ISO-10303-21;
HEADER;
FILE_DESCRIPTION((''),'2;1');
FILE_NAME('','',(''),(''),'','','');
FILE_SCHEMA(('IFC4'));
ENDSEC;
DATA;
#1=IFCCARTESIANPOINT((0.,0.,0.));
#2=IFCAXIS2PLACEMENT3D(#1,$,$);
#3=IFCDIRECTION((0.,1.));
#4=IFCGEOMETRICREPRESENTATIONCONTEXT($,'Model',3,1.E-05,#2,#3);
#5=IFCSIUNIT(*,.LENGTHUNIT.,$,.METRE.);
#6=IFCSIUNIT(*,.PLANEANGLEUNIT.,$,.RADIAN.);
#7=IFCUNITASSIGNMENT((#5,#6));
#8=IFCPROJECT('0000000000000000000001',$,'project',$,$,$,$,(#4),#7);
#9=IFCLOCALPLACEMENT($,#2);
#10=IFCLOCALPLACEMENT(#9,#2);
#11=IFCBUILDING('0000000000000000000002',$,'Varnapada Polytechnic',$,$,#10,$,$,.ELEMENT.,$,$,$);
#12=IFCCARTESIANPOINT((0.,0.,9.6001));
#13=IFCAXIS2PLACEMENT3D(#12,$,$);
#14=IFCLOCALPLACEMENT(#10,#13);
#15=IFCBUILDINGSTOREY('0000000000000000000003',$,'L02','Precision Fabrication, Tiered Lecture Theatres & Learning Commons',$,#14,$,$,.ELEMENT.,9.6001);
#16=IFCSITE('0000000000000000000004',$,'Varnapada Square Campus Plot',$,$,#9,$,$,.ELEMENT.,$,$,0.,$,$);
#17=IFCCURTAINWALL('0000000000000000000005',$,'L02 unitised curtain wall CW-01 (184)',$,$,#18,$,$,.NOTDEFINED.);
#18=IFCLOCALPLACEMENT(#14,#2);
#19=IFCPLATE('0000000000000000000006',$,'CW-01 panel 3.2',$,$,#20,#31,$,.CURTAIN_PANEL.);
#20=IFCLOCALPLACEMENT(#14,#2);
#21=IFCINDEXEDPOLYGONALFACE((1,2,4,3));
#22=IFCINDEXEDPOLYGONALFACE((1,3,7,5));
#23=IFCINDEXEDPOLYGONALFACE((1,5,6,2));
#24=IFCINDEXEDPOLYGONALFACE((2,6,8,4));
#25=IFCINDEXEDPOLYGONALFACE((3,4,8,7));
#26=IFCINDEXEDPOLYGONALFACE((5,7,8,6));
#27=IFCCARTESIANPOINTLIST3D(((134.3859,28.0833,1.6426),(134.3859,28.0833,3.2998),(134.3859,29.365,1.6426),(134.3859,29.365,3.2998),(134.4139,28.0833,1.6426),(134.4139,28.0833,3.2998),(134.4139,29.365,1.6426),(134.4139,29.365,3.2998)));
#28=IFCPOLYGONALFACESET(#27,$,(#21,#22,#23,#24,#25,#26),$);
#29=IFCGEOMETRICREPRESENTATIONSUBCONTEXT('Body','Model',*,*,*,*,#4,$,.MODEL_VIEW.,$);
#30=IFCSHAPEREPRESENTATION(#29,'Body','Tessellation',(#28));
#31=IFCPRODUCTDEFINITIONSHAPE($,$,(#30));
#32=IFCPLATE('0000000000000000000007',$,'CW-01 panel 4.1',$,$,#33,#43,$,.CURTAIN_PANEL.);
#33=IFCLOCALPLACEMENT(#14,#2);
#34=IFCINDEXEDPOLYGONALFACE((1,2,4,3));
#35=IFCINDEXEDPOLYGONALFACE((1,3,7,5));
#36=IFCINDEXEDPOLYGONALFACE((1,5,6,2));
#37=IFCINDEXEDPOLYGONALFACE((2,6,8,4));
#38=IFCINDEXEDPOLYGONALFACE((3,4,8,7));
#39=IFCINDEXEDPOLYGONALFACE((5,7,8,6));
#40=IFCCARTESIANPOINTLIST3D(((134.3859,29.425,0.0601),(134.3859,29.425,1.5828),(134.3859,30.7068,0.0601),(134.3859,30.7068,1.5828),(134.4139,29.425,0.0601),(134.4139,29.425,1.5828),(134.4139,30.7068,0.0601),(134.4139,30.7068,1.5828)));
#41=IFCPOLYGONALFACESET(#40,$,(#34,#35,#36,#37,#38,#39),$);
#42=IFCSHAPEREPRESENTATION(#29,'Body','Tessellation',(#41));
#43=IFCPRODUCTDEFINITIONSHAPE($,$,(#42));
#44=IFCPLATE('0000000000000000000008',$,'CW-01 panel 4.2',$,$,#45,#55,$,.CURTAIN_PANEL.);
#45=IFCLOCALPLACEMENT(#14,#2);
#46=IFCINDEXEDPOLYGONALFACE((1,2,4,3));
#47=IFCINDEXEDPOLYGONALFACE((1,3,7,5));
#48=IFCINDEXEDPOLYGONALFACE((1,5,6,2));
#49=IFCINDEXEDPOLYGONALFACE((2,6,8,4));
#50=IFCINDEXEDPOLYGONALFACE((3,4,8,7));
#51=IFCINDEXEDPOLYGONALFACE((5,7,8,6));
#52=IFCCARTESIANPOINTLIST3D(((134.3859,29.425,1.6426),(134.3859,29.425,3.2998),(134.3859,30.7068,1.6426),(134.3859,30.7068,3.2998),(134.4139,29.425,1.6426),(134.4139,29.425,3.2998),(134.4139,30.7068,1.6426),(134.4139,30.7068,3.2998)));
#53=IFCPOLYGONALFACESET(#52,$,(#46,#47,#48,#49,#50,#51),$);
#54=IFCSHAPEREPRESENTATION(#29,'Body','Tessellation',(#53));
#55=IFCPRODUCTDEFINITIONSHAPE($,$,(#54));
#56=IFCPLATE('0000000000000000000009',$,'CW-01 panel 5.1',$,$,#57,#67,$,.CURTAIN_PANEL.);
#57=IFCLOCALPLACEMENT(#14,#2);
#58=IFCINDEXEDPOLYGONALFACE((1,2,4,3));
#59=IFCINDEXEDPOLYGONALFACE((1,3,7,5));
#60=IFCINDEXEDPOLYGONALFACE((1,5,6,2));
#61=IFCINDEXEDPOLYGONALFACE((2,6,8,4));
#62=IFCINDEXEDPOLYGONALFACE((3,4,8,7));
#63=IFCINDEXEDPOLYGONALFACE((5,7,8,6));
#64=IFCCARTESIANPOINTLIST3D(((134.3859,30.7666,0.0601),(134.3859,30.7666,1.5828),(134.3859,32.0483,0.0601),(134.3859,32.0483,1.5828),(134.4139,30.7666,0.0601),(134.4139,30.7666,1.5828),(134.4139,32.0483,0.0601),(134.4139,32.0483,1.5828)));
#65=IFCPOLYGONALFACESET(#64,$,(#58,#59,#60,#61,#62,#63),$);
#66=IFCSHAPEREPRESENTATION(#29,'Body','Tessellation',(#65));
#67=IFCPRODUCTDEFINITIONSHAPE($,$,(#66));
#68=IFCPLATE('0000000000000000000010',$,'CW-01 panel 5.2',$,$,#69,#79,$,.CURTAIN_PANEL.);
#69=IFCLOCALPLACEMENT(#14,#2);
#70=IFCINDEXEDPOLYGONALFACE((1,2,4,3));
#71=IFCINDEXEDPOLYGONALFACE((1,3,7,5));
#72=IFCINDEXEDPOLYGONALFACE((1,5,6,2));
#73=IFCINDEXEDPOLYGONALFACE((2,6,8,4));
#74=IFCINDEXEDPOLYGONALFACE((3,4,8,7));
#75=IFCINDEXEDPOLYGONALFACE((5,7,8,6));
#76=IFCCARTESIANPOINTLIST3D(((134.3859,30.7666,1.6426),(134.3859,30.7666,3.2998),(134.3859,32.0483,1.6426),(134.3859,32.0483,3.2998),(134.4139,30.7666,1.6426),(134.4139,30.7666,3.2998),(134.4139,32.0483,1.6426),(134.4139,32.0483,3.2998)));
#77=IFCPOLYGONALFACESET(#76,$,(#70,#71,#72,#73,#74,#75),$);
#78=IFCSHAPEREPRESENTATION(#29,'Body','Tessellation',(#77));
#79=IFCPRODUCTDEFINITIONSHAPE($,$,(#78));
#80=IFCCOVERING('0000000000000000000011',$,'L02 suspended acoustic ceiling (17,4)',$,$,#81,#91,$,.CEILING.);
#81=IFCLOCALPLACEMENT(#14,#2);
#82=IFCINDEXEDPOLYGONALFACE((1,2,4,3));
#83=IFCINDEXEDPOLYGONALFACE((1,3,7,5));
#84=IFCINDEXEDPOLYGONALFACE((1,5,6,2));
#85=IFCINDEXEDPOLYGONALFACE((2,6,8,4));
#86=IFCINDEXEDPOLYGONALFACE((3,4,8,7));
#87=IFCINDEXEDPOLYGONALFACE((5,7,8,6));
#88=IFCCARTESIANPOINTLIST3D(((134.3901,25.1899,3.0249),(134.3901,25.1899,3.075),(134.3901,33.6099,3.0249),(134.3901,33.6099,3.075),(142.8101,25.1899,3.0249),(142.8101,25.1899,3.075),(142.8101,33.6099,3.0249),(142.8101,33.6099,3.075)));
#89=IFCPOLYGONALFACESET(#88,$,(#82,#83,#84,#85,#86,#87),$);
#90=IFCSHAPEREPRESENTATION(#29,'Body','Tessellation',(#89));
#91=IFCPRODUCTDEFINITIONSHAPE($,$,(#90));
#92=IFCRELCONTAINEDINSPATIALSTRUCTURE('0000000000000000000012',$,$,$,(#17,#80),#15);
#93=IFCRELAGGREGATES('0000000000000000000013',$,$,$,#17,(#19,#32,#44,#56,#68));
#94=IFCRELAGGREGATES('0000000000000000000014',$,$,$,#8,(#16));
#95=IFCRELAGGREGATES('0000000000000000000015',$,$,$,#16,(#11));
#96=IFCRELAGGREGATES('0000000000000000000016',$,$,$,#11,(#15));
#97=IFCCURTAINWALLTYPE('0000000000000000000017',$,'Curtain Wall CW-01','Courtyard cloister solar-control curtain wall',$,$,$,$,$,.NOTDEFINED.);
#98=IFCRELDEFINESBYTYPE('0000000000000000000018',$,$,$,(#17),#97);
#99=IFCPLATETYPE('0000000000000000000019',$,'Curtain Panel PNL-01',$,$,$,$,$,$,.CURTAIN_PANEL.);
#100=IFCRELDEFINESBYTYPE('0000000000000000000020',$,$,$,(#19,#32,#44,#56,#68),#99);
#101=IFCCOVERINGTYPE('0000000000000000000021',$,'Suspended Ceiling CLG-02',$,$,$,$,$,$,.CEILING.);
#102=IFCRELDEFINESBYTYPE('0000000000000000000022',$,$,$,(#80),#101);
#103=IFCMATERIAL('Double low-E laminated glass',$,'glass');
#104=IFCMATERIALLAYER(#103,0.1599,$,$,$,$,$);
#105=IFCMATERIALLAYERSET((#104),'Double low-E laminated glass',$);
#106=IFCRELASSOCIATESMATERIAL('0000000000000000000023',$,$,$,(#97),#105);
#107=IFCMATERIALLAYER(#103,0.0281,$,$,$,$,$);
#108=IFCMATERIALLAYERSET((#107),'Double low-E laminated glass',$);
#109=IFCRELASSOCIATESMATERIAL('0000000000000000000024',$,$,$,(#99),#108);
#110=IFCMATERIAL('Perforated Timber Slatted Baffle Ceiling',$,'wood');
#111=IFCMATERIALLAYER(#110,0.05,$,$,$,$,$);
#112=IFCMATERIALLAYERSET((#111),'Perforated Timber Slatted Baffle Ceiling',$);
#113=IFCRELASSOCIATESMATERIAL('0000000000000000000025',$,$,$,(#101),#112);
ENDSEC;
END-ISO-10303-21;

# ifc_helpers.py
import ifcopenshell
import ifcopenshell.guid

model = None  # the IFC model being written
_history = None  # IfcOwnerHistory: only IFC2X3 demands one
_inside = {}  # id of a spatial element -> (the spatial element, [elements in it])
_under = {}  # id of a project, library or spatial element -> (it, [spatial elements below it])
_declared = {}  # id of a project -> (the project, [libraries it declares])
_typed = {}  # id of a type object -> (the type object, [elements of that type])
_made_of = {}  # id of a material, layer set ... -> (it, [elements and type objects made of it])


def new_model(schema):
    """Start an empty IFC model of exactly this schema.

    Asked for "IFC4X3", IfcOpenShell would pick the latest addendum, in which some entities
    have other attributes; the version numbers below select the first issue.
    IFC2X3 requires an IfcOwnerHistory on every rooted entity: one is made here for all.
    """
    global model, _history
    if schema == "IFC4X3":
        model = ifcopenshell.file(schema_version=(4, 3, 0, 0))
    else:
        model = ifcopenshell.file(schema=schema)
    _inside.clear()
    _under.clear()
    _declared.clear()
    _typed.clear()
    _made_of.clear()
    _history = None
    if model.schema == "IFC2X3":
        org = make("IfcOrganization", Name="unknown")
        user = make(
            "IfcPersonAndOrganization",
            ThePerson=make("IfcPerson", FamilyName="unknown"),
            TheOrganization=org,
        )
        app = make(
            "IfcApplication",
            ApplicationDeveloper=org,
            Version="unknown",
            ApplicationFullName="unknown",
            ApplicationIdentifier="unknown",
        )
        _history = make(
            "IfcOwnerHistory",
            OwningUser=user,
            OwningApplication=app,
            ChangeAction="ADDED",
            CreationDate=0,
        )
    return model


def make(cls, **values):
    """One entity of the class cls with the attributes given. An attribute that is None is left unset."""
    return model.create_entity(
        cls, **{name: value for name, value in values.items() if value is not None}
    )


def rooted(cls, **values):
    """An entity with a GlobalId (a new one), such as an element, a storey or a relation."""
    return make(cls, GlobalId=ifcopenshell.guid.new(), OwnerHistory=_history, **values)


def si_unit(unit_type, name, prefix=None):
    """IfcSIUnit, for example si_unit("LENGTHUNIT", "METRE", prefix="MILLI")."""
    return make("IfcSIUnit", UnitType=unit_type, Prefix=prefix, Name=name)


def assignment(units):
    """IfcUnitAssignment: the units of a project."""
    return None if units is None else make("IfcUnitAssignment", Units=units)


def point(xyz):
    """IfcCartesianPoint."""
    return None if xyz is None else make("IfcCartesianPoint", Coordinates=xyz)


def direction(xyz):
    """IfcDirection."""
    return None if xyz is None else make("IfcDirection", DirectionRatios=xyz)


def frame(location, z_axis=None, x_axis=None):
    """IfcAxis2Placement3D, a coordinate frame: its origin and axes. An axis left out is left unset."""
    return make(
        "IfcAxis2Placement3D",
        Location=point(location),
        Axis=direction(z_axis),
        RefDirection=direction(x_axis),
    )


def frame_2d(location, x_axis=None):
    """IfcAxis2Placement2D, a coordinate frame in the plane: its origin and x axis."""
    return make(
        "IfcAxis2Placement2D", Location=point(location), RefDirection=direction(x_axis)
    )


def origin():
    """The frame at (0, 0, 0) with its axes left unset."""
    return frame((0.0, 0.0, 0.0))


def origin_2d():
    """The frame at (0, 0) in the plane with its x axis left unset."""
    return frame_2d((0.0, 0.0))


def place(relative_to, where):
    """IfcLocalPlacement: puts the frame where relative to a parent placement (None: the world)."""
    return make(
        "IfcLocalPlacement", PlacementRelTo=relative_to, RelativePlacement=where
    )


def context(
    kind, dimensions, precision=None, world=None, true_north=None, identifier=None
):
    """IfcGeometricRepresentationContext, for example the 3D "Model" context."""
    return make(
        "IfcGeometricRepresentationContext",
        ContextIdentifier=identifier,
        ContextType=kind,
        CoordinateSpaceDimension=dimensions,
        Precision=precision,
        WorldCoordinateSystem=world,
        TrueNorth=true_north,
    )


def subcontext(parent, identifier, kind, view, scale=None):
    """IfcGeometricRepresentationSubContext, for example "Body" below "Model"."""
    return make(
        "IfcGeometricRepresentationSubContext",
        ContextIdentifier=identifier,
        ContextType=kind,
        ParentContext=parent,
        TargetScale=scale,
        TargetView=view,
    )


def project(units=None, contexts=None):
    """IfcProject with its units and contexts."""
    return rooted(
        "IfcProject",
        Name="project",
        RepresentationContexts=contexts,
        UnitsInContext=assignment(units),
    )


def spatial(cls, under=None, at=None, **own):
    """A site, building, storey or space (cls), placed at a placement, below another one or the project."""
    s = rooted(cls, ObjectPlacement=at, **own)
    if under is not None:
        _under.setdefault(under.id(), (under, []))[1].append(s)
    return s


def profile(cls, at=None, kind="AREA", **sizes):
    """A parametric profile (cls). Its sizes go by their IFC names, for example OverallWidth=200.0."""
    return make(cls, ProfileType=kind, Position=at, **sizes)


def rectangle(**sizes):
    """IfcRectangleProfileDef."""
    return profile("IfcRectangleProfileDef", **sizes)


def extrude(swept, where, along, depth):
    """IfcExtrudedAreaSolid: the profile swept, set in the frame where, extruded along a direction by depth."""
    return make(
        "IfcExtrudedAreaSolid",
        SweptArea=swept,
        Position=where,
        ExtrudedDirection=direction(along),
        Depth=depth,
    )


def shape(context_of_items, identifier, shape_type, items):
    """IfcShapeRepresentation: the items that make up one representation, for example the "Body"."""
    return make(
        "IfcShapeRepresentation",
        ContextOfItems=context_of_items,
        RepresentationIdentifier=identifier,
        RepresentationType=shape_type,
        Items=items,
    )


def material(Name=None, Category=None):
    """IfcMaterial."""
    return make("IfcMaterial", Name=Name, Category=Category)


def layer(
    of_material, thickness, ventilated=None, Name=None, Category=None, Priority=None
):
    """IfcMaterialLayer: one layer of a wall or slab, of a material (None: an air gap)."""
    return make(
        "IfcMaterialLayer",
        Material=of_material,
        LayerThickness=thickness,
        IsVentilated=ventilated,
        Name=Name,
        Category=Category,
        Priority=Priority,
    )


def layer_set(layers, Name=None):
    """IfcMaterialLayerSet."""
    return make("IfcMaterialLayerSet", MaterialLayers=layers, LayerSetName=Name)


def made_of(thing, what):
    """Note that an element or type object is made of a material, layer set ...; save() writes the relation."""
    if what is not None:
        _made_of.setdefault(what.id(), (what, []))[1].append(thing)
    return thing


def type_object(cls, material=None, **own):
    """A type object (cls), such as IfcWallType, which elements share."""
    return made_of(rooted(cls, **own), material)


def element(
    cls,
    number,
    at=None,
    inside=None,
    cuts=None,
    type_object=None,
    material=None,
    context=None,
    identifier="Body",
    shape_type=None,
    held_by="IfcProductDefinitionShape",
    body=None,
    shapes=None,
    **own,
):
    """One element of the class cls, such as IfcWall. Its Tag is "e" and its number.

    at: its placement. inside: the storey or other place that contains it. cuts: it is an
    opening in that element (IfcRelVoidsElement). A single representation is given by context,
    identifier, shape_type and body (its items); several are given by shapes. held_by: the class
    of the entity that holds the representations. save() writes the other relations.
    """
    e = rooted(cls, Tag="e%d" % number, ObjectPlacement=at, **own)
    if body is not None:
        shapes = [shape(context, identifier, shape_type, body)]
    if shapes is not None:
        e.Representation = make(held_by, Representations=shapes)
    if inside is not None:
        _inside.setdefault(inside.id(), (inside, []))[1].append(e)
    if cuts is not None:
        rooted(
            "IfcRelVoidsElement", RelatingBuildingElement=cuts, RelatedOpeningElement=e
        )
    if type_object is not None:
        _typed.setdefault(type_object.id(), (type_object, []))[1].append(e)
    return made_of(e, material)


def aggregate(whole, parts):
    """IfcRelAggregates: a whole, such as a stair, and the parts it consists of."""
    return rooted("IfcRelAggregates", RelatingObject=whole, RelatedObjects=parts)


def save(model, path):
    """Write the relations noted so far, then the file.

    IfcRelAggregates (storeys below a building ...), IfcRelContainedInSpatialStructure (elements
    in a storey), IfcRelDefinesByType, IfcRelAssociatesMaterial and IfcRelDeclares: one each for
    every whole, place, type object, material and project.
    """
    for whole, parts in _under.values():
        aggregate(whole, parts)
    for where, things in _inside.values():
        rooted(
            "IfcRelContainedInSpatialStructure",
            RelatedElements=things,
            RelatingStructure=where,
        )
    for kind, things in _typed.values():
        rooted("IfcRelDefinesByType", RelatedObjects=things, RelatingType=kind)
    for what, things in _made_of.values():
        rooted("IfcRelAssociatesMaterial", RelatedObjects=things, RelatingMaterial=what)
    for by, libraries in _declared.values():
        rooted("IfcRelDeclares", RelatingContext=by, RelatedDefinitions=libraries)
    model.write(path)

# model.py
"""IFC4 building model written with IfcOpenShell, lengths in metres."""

from ifc_helpers import new_model, si_unit, direction, frame, origin, origin_2d, place, context, subcontext, project, spatial, rectangle, extrude, material, layer, layer_set, type_object, element, aggregate, save


model = new_model("IFC4")

# Units and contexts
model_context = context("Model", 3, precision=1e-05, world=origin(), true_north=direction((0.0, 1.0)))
body_context = subcontext(model_context, "Body", "Model", "MODEL_VIEW")
ifc_project = project(units=[si_unit("LENGTHUNIT", "METRE"), si_unit("PLANEANGLEUNIT", "RADIAN")], contexts=[model_context])

# Site, building, storey
site_placement = place(None, origin())
site = spatial("IfcSite", under=ifc_project, at=site_placement, Name="Varnapada Square Campus Plot", CompositionType="ELEMENT", RefElevation=0.0)
building_placement = place(site_placement, origin())
building = spatial("IfcBuilding", under=site, at=building_placement, Name="Varnapada Polytechnic", CompositionType="ELEMENT")
storey_placement = place(building_placement, frame((0.0, 0.0, 9.6001)))
storey = spatial("IfcBuildingStorey", under=building, at=storey_placement, Name="L02", Description="Precision Fabrication, Tiered Lecture Theatres & Learning Commons", CompositionType="ELEMENT", Elevation=9.6001)

# Curtain wall, plates
ifc_material_1 = material(Name="Double low-E laminated glass", Category="glass")
ifc_layer_1 = layer(ifc_material_1, 0.1599)
ifc_layer_set_1 = layer_set([ifc_layer_1], Name="Double low-E laminated glass")
curtain_wall_type = type_object("IfcCurtainWallType", Name="Curtain Wall CW-01", Description="Courtyard cloister solar-control curtain wall", PredefinedType="NOTDEFINED", material=ifc_layer_set_1)
curtain_wall_placement = place(storey_placement, origin())
curtain_wall = element("IfcCurtainWall", 1, at=curtain_wall_placement, inside=storey, type_object=curtain_wall_type, Name="L02 unitised curtain wall CW-01 (184)", PredefinedType="NOTDEFINED")
ifc_layer_2 = layer(ifc_material_1, 0.0281)
ifc_layer_set_2 = layer_set([ifc_layer_2], Name="Double low-E laminated glass")
plate_type = type_object("IfcPlateType", Name="Curtain Panel PNL-01", PredefinedType="CURTAIN_PANEL", material=ifc_layer_set_2)
plate_1_placement = place(storey_placement, frame((134.3999, 28.7241, 1.6426), z_axis=(0.0, 0.0, 1.0), x_axis=(0.0, 1.0, 0.0)))
plate_1 = element("IfcPlate", 2, at=plate_1_placement, type_object=plate_type, Name="CW-01 panel 3.2", PredefinedType="CURTAIN_PANEL", context=body_context, shape_type="SweptSolid", body=[
    extrude(rectangle(XDim=1.2817, YDim=0.0281, at=origin_2d()), origin(), (0.0, 0.0, 1.0), 1.6572),
])
plate_2_placement = place(storey_placement, frame((134.3999, 30.0659, 0.0601), z_axis=(0.0, 0.0, 1.0), x_axis=(0.0, 1.0, 0.0)))
plate_2 = element("IfcPlate", 3, at=plate_2_placement, type_object=plate_type, Name="CW-01 panel 4.1", PredefinedType="CURTAIN_PANEL", context=body_context, shape_type="SweptSolid", body=[
    extrude(rectangle(XDim=1.2817, YDim=0.0281, at=origin_2d()), origin(), (0.0, 0.0, 1.0), 1.5227),
])
plate_3_placement = place(storey_placement, frame((134.3999, 30.0659, 1.6426), z_axis=(0.0, 0.0, 1.0), x_axis=(0.0, 1.0, 0.0)))
plate_3 = element("IfcPlate", 4, at=plate_3_placement, type_object=plate_type, Name="CW-01 panel 4.2", PredefinedType="CURTAIN_PANEL", context=body_context, shape_type="SweptSolid", body=[
    extrude(rectangle(XDim=1.2817, YDim=0.0281, at=origin_2d()), origin(), (0.0, 0.0, 1.0), 1.6572),
])
plate_4_placement = place(storey_placement, frame((134.3999, 31.4075, 0.0601), z_axis=(0.0, 0.0, 1.0), x_axis=(0.0, 1.0, 0.0)))
plate_4 = element("IfcPlate", 5, at=plate_4_placement, type_object=plate_type, Name="CW-01 panel 5.1", PredefinedType="CURTAIN_PANEL", context=body_context, shape_type="SweptSolid", body=[
    extrude(rectangle(XDim=1.2817, YDim=0.0281, at=origin_2d()), origin(), (0.0, 0.0, 1.0), 1.5227),
])
plate_5_placement = place(storey_placement, frame((134.3999, 31.4075, 1.6426), z_axis=(0.0, 0.0, 1.0), x_axis=(0.0, 1.0, 0.0)))
plate_5 = element("IfcPlate", 6, at=plate_5_placement, type_object=plate_type, Name="CW-01 panel 5.2", PredefinedType="CURTAIN_PANEL", context=body_context, shape_type="SweptSolid", body=[
    extrude(rectangle(XDim=1.2817, YDim=0.0281, at=origin_2d()), origin(), (0.0, 0.0, 1.0), 1.6572),
])
aggregate(curtain_wall, [plate_1, plate_2, plate_3, plate_4, plate_5])

# Covering
ifc_material_2 = material(Name="Perforated Timber Slatted Baffle Ceiling", Category="wood")
ifc_layer_3 = layer(ifc_material_2, 0.05)
ifc_layer_set_3 = layer_set([ifc_layer_3], Name="Perforated Timber Slatted Baffle Ceiling")
covering_type = type_object("IfcCoveringType", Name="Suspended Ceiling CLG-02", PredefinedType="CEILING", material=ifc_layer_set_3)
covering_placement = place(storey_placement, frame((138.6001, 29.3999, 3.0249), z_axis=(0.0, 0.0, 1.0), x_axis=(1.0, 0.0, 0.0)))
element("IfcCovering", 7, at=covering_placement, inside=storey, type_object=covering_type, Name="L02 suspended acoustic ceiling (17,4)", PredefinedType="CEILING", context=body_context, shape_type="SweptSolid", body=[
    extrude(rectangle(XDim=8.4199, YDim=8.4199, at=origin_2d()), origin(), (0.0, 0.0, 1.0), 0.05),
])

save(model, "model.ifc")
